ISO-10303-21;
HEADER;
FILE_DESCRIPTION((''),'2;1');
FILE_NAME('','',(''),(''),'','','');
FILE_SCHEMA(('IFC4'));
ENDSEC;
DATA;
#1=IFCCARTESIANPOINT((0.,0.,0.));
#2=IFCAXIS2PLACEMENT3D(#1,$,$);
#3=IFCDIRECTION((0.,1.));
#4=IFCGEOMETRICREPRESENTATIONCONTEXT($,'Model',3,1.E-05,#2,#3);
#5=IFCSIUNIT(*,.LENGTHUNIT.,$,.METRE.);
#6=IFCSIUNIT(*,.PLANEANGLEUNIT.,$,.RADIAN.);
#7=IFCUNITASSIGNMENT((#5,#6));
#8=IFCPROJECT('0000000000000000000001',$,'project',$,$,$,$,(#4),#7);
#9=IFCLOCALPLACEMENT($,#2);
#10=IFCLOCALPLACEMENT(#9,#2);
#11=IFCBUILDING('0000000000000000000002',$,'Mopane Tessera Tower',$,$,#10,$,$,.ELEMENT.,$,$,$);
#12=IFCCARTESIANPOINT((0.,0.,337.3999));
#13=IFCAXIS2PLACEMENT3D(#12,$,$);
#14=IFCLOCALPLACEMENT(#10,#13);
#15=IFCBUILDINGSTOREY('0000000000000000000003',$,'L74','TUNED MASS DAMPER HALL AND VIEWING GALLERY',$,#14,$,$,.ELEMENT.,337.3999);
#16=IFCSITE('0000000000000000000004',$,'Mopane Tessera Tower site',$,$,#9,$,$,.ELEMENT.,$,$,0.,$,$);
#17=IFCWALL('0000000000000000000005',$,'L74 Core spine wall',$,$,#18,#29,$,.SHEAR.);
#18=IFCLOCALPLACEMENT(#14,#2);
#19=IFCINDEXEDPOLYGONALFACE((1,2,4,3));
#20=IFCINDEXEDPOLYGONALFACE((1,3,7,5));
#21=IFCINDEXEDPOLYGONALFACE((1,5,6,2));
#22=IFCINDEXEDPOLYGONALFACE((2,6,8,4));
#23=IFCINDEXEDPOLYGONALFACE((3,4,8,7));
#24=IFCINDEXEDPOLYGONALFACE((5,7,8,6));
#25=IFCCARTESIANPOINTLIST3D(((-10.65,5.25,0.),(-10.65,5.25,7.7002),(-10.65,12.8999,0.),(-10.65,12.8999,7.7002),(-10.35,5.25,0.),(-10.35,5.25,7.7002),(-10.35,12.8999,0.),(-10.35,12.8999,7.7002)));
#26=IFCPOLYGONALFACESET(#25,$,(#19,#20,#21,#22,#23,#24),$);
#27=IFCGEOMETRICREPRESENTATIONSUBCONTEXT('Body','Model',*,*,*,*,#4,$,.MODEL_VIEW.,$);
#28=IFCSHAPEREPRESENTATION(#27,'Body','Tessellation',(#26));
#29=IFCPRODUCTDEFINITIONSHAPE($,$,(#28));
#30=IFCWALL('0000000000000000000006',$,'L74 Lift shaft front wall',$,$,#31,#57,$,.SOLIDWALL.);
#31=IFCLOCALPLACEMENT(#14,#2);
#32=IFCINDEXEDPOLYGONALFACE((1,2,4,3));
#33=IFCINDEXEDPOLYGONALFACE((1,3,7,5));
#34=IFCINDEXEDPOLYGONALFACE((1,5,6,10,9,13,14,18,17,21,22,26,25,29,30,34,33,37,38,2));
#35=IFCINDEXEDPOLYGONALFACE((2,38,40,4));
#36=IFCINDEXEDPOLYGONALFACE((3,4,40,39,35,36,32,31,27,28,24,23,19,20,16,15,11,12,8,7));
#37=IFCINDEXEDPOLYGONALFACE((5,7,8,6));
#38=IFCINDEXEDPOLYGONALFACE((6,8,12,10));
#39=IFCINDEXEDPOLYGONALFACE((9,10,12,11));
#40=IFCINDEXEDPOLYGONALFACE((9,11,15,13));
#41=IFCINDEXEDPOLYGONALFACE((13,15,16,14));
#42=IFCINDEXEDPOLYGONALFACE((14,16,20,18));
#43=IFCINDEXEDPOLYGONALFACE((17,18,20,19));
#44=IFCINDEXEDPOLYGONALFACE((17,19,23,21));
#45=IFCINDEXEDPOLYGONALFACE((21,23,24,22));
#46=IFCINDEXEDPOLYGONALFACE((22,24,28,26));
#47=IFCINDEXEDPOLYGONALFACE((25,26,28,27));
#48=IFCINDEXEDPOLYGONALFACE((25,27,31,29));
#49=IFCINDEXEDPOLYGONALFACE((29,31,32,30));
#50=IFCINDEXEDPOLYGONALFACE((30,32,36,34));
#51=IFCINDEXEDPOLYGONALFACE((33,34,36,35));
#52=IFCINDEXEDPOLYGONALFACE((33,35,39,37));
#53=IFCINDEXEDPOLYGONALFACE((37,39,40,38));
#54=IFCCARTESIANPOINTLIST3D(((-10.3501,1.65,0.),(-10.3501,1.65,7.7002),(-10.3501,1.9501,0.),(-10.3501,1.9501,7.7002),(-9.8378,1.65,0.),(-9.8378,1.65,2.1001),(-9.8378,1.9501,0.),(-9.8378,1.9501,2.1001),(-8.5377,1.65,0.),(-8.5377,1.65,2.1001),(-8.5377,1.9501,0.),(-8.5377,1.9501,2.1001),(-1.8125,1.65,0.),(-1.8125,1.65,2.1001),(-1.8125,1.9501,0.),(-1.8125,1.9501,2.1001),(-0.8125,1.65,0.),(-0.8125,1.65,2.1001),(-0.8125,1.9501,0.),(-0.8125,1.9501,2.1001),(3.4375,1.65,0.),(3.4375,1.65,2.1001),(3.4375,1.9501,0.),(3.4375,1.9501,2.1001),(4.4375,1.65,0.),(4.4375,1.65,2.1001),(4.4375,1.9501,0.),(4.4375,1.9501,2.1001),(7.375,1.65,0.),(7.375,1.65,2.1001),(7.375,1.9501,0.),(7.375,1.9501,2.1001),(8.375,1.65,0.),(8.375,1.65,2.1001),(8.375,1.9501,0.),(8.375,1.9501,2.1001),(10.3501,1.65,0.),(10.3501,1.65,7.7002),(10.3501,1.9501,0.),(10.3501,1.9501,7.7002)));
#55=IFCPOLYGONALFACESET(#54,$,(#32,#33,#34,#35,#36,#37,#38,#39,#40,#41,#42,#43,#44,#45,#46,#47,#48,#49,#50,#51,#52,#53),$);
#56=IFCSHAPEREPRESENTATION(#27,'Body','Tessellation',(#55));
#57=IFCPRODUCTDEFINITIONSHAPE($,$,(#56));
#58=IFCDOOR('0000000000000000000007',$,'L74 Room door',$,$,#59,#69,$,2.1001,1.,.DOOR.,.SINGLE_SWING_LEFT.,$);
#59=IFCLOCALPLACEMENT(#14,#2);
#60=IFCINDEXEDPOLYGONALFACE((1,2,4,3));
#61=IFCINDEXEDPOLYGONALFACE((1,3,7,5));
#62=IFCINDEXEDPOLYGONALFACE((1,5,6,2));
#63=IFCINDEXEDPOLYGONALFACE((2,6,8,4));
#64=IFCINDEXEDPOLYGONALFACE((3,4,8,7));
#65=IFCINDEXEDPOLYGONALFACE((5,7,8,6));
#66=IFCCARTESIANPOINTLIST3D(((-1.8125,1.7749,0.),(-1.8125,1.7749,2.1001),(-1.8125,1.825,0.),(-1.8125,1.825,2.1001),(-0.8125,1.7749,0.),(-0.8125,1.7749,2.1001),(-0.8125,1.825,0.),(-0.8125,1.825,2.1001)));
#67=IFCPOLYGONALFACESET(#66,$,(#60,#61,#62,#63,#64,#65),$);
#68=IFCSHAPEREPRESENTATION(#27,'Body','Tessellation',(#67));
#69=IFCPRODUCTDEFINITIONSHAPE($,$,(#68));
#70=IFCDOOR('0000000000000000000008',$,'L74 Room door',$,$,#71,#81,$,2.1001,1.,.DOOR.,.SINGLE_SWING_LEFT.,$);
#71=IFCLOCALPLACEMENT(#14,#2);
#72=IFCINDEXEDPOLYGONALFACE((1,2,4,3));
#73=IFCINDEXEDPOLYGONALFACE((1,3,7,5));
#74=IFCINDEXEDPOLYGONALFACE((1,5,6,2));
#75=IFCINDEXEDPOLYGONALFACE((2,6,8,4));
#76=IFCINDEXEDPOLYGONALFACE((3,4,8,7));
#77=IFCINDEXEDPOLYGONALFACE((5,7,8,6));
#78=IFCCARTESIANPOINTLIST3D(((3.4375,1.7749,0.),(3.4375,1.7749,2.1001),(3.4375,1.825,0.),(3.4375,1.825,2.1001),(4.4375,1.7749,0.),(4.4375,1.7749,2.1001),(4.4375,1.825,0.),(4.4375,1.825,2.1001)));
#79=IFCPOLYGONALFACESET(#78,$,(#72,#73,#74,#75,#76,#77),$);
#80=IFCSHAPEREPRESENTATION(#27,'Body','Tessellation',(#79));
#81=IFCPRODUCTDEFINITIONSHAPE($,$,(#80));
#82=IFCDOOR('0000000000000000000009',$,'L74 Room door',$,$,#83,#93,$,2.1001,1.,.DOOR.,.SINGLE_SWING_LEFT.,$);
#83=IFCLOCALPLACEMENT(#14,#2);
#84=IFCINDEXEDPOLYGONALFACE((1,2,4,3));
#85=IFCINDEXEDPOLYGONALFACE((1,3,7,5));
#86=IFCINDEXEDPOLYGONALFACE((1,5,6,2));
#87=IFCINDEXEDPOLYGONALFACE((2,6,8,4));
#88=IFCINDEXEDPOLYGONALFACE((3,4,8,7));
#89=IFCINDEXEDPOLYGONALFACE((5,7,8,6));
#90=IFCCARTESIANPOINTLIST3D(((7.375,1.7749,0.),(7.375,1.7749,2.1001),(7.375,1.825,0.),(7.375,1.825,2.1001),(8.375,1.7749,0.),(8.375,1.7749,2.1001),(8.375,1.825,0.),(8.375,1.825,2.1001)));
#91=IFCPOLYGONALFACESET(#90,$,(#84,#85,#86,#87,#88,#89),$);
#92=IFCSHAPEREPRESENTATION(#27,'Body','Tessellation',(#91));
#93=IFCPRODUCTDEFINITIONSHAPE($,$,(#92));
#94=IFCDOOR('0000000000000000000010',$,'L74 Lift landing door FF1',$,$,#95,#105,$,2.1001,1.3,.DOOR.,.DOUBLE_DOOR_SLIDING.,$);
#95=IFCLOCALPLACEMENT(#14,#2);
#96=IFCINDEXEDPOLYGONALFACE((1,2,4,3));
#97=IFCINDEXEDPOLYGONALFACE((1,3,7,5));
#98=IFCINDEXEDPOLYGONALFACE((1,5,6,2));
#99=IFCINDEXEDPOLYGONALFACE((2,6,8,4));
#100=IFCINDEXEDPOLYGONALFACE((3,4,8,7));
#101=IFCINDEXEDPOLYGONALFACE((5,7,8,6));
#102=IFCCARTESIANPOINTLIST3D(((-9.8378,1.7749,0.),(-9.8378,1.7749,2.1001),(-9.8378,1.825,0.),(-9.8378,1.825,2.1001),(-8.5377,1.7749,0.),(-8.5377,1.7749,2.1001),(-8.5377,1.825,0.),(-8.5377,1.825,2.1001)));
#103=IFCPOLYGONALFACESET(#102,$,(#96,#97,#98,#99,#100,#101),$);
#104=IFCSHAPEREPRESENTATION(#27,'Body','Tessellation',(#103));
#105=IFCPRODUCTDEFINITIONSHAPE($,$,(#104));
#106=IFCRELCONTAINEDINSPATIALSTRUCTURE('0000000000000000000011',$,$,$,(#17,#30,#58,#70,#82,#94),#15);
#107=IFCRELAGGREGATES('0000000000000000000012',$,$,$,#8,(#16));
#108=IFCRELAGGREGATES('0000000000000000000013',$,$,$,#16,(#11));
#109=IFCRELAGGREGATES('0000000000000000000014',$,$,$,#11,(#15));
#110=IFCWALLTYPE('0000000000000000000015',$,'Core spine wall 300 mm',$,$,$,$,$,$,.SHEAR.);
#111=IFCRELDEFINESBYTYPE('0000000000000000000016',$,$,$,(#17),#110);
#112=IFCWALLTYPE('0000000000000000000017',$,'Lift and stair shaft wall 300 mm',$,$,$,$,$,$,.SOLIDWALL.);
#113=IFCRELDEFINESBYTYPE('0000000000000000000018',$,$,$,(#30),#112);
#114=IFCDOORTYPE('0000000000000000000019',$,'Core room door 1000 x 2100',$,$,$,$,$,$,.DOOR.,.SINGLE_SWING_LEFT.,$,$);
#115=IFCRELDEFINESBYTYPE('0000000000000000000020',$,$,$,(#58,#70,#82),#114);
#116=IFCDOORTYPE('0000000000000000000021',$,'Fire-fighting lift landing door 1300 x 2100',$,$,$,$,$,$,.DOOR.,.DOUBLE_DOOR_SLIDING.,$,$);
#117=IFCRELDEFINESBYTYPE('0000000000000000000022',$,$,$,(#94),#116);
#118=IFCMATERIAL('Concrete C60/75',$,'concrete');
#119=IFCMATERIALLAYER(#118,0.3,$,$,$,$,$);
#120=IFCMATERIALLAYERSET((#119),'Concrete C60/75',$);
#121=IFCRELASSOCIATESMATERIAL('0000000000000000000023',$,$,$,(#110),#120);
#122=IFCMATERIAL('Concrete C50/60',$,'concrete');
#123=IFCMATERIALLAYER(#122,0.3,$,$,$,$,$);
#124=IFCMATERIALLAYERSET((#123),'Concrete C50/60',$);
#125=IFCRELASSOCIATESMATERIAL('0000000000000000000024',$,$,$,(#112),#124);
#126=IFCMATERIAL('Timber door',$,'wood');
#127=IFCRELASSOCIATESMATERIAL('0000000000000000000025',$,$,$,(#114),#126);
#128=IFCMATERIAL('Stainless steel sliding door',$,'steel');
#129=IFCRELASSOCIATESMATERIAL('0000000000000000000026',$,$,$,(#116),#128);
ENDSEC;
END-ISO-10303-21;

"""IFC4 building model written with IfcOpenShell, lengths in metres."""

from ifc_helpers import new_model, si_unit, direction, frame, frame_2d, origin, place, context, subcontext, project, spatial, rectangle, extrude, material, layer, layer_set, type_object, element, fill, save


model = new_model("IFC4")

# Units and contexts
model_context = context("Model", 3, precision=1e-05, world=origin(), true_north=direction((0.0, 1.0)))
body_context = subcontext(model_context, "Body", "Model", "MODEL_VIEW")
ifc_project = project(units=[si_unit("LENGTHUNIT", "METRE"), si_unit("PLANEANGLEUNIT", "RADIAN")], contexts=[model_context])

# Site, building, storey
site_placement = place(None, origin())
site = spatial("IfcSite", under=ifc_project, at=site_placement, Name="Mopane Tessera Tower site", CompositionType="ELEMENT", RefElevation=0.0)
building_placement = place(site_placement, origin())
building = spatial("IfcBuilding", under=site, at=building_placement, Name="Mopane Tessera Tower", CompositionType="ELEMENT")
storey_placement = place(building_placement, frame((0.0, 0.0, 337.3999)))
storey = spatial("IfcBuildingStorey", under=building, at=storey_placement, Name="L74", Description="TUNED MASS DAMPER HALL AND VIEWING GALLERY", CompositionType="ELEMENT", Elevation=337.3999)

# Wall
ifc_material_1 = material(Name="Concrete C60/75", Category="concrete")
ifc_layer_1 = layer(ifc_material_1, 0.3)
ifc_layer_set_1 = layer_set([ifc_layer_1], Name="Concrete C60/75")
wall_type_1 = type_object("IfcWallType", Name="Core spine wall 300 mm", PredefinedType="SHEAR", material=ifc_layer_set_1)
wall_1_placement = place(storey_placement, frame((-10.5, 5.25, 0.0), z_axis=(0.0, 0.0, 1.0), x_axis=(0.0, 1.0, 0.0)))
element("IfcWall", 1, at=wall_1_placement, inside=storey, type_object=wall_type_1, Name="L74 Core spine wall", PredefinedType="SHEAR", context=body_context, shape_type="SweptSolid", body=[
    extrude(rectangle(XDim=7.6499, YDim=0.3, at=frame_2d((3.825, 0.0))), origin(), (0.0, 0.0, 1.0), 7.7002),
])

# Wall, openings, doors
ifc_material_2 = material(Name="Concrete C50/60", Category="concrete")
ifc_layer_2 = layer(ifc_material_2, 0.3)
ifc_layer_set_2 = layer_set([ifc_layer_2], Name="Concrete C50/60")
wall_type_2 = type_object("IfcWallType", Name="Lift and stair shaft wall 300 mm", PredefinedType="SOLIDWALL", material=ifc_layer_set_2)
wall_2_placement = place(storey_placement, frame((-10.3501, 1.8, 0.0), z_axis=(0.0, 0.0, 1.0), x_axis=(1.0, 0.0, 0.0)))
wall_2 = element("IfcWall", 2, at=wall_2_placement, inside=storey, type_object=wall_type_2, Name="L74 Lift shaft front wall", PredefinedType="SOLIDWALL", context=body_context, shape_type="SweptSolid", body=[
    extrude(rectangle(XDim=20.7002, YDim=0.3, at=frame_2d((10.3501, 0.0))), origin(), (0.0, 0.0, 1.0), 7.7002),
])
opening_1_placement = place(wall_2_placement, frame((0.5125, 0.0, 0.0)))
opening_1 = element("IfcOpeningElement", 3, at=opening_1_placement, cuts=wall_2, PredefinedType="OPENING", context=body_context, shape_type="SweptSolid", body=[
    extrude(rectangle(XDim=1.3, YDim=2.1001, at=frame_2d((0.6499, 1.05))), frame((0.0, 0.1621, 0.0), z_axis=(0.0, -1.0, 0.0), x_axis=(1.0, 0.0, 0.0)), (0.0, 0.0, 1.0), 0.324),
])
opening_2_placement = place(wall_2_placement, frame((8.5376, 0.0, 0.0)))
opening_2 = element("IfcOpeningElement", 4, at=opening_2_placement, cuts=wall_2, PredefinedType="OPENING", context=body_context, shape_type="SweptSolid", body=[
    extrude(rectangle(XDim=1.0, YDim=2.1001, at=frame_2d((0.5, 1.05))), frame((0.0, 0.1621, 0.0), z_axis=(0.0, -1.0, 0.0), x_axis=(1.0, 0.0, 0.0)), (0.0, 0.0, 1.0), 0.324),
])
opening_3_placement = place(wall_2_placement, frame((13.7876, 0.0, 0.0)))
opening_3 = element("IfcOpeningElement", 5, at=opening_3_placement, cuts=wall_2, PredefinedType="OPENING", context=body_context, shape_type="SweptSolid", body=[
    extrude(rectangle(XDim=1.0, YDim=2.1001, at=frame_2d((0.5, 1.05))), frame((0.0, 0.1621, 0.0), z_axis=(0.0, -1.0, 0.0), x_axis=(1.0, 0.0, 0.0)), (0.0, 0.0, 1.0), 0.324),
])
opening_4_placement = place(wall_2_placement, frame((17.7251, 0.0, 0.0)))
opening_4 = element("IfcOpeningElement", 6, at=opening_4_placement, cuts=wall_2, PredefinedType="OPENING", context=body_context, shape_type="SweptSolid", body=[
    extrude(rectangle(XDim=1.0, YDim=2.1001, at=frame_2d((0.5, 1.05))), frame((0.0, 0.1621, 0.0), z_axis=(0.0, -1.0, 0.0), x_axis=(1.0, 0.0, 0.0)), (0.0, 0.0, 1.0), 0.324),
])
ifc_material_3 = material(Name="Timber door", Category="wood")
door_type_1 = type_object("IfcDoorType", Name="Core room door 1000 x 2100", OperationType="SINGLE_SWING_LEFT", PredefinedType="DOOR", material=ifc_material_3)
door_1_placement = place(opening_2_placement, origin())
door_1 = element("IfcDoor", 7, at=door_1_placement, inside=storey, type_object=door_type_1, Name="L74 Room door", OperationType="SINGLE_SWING_LEFT", OverallHeight=2.1001, OverallWidth=1.0, PredefinedType="DOOR", context=body_context, shape_type="SweptSolid", body=[
    extrude(rectangle(XDim=1.0, YDim=2.1001, at=frame_2d((0.5, 1.05))), frame((0.0, 0.0249, 0.0), z_axis=(0.0, -1.0, 0.0), x_axis=(1.0, 0.0, 0.0)), (0.0, 0.0, 1.0), 0.05),
])
fill(opening_2, door_1)
door_2_placement = place(opening_3_placement, origin())
door_2 = element("IfcDoor", 8, at=door_2_placement, inside=storey, type_object=door_type_1, Name="L74 Room door", OperationType="SINGLE_SWING_LEFT", OverallHeight=2.1001, OverallWidth=1.0, PredefinedType="DOOR", context=body_context, shape_type="SweptSolid", body=[
    extrude(rectangle(XDim=1.0, YDim=2.1001, at=frame_2d((0.5, 1.05))), frame((0.0, 0.0249, 0.0), z_axis=(0.0, -1.0, 0.0), x_axis=(1.0, 0.0, 0.0)), (0.0, 0.0, 1.0), 0.05),
])
fill(opening_3, door_2)
door_3_placement = place(opening_4_placement, origin())
door_3 = element("IfcDoor", 9, at=door_3_placement, inside=storey, type_object=door_type_1, Name="L74 Room door", OperationType="SINGLE_SWING_LEFT", OverallHeight=2.1001, OverallWidth=1.0, PredefinedType="DOOR", context=body_context, shape_type="SweptSolid", body=[
    extrude(rectangle(XDim=1.0, YDim=2.1001, at=frame_2d((0.5, 1.05))), frame((0.0, 0.0249, 0.0), z_axis=(0.0, -1.0, 0.0), x_axis=(1.0, 0.0, 0.0)), (0.0, 0.0, 1.0), 0.05),
])
fill(opening_4, door_3)
ifc_material_4 = material(Name="Stainless steel sliding door", Category="steel")
door_type_2 = type_object("IfcDoorType", Name="Fire-fighting lift landing door 1300 x 2100", OperationType="DOUBLE_DOOR_SLIDING", PredefinedType="DOOR", material=ifc_material_4)
door_4_placement = place(opening_1_placement, origin())
door_4 = element("IfcDoor", 10, at=door_4_placement, inside=storey, type_object=door_type_2, Name="L74 Lift landing door FF1", OperationType="DOUBLE_DOOR_SLIDING", OverallHeight=2.1001, OverallWidth=1.3, PredefinedType="DOOR", context=body_context, shape_type="SweptSolid", body=[
    extrude(rectangle(XDim=1.3, YDim=2.1001, at=frame_2d((0.6499, 1.05))), frame((0.0, 0.0249, 0.0), z_axis=(0.0, -1.0, 0.0), x_axis=(1.0, 0.0, 0.0)), (0.0, 0.0, 1.0), 0.05),
])
fill(opening_1, door_4)

save(model, "model.ifc")
